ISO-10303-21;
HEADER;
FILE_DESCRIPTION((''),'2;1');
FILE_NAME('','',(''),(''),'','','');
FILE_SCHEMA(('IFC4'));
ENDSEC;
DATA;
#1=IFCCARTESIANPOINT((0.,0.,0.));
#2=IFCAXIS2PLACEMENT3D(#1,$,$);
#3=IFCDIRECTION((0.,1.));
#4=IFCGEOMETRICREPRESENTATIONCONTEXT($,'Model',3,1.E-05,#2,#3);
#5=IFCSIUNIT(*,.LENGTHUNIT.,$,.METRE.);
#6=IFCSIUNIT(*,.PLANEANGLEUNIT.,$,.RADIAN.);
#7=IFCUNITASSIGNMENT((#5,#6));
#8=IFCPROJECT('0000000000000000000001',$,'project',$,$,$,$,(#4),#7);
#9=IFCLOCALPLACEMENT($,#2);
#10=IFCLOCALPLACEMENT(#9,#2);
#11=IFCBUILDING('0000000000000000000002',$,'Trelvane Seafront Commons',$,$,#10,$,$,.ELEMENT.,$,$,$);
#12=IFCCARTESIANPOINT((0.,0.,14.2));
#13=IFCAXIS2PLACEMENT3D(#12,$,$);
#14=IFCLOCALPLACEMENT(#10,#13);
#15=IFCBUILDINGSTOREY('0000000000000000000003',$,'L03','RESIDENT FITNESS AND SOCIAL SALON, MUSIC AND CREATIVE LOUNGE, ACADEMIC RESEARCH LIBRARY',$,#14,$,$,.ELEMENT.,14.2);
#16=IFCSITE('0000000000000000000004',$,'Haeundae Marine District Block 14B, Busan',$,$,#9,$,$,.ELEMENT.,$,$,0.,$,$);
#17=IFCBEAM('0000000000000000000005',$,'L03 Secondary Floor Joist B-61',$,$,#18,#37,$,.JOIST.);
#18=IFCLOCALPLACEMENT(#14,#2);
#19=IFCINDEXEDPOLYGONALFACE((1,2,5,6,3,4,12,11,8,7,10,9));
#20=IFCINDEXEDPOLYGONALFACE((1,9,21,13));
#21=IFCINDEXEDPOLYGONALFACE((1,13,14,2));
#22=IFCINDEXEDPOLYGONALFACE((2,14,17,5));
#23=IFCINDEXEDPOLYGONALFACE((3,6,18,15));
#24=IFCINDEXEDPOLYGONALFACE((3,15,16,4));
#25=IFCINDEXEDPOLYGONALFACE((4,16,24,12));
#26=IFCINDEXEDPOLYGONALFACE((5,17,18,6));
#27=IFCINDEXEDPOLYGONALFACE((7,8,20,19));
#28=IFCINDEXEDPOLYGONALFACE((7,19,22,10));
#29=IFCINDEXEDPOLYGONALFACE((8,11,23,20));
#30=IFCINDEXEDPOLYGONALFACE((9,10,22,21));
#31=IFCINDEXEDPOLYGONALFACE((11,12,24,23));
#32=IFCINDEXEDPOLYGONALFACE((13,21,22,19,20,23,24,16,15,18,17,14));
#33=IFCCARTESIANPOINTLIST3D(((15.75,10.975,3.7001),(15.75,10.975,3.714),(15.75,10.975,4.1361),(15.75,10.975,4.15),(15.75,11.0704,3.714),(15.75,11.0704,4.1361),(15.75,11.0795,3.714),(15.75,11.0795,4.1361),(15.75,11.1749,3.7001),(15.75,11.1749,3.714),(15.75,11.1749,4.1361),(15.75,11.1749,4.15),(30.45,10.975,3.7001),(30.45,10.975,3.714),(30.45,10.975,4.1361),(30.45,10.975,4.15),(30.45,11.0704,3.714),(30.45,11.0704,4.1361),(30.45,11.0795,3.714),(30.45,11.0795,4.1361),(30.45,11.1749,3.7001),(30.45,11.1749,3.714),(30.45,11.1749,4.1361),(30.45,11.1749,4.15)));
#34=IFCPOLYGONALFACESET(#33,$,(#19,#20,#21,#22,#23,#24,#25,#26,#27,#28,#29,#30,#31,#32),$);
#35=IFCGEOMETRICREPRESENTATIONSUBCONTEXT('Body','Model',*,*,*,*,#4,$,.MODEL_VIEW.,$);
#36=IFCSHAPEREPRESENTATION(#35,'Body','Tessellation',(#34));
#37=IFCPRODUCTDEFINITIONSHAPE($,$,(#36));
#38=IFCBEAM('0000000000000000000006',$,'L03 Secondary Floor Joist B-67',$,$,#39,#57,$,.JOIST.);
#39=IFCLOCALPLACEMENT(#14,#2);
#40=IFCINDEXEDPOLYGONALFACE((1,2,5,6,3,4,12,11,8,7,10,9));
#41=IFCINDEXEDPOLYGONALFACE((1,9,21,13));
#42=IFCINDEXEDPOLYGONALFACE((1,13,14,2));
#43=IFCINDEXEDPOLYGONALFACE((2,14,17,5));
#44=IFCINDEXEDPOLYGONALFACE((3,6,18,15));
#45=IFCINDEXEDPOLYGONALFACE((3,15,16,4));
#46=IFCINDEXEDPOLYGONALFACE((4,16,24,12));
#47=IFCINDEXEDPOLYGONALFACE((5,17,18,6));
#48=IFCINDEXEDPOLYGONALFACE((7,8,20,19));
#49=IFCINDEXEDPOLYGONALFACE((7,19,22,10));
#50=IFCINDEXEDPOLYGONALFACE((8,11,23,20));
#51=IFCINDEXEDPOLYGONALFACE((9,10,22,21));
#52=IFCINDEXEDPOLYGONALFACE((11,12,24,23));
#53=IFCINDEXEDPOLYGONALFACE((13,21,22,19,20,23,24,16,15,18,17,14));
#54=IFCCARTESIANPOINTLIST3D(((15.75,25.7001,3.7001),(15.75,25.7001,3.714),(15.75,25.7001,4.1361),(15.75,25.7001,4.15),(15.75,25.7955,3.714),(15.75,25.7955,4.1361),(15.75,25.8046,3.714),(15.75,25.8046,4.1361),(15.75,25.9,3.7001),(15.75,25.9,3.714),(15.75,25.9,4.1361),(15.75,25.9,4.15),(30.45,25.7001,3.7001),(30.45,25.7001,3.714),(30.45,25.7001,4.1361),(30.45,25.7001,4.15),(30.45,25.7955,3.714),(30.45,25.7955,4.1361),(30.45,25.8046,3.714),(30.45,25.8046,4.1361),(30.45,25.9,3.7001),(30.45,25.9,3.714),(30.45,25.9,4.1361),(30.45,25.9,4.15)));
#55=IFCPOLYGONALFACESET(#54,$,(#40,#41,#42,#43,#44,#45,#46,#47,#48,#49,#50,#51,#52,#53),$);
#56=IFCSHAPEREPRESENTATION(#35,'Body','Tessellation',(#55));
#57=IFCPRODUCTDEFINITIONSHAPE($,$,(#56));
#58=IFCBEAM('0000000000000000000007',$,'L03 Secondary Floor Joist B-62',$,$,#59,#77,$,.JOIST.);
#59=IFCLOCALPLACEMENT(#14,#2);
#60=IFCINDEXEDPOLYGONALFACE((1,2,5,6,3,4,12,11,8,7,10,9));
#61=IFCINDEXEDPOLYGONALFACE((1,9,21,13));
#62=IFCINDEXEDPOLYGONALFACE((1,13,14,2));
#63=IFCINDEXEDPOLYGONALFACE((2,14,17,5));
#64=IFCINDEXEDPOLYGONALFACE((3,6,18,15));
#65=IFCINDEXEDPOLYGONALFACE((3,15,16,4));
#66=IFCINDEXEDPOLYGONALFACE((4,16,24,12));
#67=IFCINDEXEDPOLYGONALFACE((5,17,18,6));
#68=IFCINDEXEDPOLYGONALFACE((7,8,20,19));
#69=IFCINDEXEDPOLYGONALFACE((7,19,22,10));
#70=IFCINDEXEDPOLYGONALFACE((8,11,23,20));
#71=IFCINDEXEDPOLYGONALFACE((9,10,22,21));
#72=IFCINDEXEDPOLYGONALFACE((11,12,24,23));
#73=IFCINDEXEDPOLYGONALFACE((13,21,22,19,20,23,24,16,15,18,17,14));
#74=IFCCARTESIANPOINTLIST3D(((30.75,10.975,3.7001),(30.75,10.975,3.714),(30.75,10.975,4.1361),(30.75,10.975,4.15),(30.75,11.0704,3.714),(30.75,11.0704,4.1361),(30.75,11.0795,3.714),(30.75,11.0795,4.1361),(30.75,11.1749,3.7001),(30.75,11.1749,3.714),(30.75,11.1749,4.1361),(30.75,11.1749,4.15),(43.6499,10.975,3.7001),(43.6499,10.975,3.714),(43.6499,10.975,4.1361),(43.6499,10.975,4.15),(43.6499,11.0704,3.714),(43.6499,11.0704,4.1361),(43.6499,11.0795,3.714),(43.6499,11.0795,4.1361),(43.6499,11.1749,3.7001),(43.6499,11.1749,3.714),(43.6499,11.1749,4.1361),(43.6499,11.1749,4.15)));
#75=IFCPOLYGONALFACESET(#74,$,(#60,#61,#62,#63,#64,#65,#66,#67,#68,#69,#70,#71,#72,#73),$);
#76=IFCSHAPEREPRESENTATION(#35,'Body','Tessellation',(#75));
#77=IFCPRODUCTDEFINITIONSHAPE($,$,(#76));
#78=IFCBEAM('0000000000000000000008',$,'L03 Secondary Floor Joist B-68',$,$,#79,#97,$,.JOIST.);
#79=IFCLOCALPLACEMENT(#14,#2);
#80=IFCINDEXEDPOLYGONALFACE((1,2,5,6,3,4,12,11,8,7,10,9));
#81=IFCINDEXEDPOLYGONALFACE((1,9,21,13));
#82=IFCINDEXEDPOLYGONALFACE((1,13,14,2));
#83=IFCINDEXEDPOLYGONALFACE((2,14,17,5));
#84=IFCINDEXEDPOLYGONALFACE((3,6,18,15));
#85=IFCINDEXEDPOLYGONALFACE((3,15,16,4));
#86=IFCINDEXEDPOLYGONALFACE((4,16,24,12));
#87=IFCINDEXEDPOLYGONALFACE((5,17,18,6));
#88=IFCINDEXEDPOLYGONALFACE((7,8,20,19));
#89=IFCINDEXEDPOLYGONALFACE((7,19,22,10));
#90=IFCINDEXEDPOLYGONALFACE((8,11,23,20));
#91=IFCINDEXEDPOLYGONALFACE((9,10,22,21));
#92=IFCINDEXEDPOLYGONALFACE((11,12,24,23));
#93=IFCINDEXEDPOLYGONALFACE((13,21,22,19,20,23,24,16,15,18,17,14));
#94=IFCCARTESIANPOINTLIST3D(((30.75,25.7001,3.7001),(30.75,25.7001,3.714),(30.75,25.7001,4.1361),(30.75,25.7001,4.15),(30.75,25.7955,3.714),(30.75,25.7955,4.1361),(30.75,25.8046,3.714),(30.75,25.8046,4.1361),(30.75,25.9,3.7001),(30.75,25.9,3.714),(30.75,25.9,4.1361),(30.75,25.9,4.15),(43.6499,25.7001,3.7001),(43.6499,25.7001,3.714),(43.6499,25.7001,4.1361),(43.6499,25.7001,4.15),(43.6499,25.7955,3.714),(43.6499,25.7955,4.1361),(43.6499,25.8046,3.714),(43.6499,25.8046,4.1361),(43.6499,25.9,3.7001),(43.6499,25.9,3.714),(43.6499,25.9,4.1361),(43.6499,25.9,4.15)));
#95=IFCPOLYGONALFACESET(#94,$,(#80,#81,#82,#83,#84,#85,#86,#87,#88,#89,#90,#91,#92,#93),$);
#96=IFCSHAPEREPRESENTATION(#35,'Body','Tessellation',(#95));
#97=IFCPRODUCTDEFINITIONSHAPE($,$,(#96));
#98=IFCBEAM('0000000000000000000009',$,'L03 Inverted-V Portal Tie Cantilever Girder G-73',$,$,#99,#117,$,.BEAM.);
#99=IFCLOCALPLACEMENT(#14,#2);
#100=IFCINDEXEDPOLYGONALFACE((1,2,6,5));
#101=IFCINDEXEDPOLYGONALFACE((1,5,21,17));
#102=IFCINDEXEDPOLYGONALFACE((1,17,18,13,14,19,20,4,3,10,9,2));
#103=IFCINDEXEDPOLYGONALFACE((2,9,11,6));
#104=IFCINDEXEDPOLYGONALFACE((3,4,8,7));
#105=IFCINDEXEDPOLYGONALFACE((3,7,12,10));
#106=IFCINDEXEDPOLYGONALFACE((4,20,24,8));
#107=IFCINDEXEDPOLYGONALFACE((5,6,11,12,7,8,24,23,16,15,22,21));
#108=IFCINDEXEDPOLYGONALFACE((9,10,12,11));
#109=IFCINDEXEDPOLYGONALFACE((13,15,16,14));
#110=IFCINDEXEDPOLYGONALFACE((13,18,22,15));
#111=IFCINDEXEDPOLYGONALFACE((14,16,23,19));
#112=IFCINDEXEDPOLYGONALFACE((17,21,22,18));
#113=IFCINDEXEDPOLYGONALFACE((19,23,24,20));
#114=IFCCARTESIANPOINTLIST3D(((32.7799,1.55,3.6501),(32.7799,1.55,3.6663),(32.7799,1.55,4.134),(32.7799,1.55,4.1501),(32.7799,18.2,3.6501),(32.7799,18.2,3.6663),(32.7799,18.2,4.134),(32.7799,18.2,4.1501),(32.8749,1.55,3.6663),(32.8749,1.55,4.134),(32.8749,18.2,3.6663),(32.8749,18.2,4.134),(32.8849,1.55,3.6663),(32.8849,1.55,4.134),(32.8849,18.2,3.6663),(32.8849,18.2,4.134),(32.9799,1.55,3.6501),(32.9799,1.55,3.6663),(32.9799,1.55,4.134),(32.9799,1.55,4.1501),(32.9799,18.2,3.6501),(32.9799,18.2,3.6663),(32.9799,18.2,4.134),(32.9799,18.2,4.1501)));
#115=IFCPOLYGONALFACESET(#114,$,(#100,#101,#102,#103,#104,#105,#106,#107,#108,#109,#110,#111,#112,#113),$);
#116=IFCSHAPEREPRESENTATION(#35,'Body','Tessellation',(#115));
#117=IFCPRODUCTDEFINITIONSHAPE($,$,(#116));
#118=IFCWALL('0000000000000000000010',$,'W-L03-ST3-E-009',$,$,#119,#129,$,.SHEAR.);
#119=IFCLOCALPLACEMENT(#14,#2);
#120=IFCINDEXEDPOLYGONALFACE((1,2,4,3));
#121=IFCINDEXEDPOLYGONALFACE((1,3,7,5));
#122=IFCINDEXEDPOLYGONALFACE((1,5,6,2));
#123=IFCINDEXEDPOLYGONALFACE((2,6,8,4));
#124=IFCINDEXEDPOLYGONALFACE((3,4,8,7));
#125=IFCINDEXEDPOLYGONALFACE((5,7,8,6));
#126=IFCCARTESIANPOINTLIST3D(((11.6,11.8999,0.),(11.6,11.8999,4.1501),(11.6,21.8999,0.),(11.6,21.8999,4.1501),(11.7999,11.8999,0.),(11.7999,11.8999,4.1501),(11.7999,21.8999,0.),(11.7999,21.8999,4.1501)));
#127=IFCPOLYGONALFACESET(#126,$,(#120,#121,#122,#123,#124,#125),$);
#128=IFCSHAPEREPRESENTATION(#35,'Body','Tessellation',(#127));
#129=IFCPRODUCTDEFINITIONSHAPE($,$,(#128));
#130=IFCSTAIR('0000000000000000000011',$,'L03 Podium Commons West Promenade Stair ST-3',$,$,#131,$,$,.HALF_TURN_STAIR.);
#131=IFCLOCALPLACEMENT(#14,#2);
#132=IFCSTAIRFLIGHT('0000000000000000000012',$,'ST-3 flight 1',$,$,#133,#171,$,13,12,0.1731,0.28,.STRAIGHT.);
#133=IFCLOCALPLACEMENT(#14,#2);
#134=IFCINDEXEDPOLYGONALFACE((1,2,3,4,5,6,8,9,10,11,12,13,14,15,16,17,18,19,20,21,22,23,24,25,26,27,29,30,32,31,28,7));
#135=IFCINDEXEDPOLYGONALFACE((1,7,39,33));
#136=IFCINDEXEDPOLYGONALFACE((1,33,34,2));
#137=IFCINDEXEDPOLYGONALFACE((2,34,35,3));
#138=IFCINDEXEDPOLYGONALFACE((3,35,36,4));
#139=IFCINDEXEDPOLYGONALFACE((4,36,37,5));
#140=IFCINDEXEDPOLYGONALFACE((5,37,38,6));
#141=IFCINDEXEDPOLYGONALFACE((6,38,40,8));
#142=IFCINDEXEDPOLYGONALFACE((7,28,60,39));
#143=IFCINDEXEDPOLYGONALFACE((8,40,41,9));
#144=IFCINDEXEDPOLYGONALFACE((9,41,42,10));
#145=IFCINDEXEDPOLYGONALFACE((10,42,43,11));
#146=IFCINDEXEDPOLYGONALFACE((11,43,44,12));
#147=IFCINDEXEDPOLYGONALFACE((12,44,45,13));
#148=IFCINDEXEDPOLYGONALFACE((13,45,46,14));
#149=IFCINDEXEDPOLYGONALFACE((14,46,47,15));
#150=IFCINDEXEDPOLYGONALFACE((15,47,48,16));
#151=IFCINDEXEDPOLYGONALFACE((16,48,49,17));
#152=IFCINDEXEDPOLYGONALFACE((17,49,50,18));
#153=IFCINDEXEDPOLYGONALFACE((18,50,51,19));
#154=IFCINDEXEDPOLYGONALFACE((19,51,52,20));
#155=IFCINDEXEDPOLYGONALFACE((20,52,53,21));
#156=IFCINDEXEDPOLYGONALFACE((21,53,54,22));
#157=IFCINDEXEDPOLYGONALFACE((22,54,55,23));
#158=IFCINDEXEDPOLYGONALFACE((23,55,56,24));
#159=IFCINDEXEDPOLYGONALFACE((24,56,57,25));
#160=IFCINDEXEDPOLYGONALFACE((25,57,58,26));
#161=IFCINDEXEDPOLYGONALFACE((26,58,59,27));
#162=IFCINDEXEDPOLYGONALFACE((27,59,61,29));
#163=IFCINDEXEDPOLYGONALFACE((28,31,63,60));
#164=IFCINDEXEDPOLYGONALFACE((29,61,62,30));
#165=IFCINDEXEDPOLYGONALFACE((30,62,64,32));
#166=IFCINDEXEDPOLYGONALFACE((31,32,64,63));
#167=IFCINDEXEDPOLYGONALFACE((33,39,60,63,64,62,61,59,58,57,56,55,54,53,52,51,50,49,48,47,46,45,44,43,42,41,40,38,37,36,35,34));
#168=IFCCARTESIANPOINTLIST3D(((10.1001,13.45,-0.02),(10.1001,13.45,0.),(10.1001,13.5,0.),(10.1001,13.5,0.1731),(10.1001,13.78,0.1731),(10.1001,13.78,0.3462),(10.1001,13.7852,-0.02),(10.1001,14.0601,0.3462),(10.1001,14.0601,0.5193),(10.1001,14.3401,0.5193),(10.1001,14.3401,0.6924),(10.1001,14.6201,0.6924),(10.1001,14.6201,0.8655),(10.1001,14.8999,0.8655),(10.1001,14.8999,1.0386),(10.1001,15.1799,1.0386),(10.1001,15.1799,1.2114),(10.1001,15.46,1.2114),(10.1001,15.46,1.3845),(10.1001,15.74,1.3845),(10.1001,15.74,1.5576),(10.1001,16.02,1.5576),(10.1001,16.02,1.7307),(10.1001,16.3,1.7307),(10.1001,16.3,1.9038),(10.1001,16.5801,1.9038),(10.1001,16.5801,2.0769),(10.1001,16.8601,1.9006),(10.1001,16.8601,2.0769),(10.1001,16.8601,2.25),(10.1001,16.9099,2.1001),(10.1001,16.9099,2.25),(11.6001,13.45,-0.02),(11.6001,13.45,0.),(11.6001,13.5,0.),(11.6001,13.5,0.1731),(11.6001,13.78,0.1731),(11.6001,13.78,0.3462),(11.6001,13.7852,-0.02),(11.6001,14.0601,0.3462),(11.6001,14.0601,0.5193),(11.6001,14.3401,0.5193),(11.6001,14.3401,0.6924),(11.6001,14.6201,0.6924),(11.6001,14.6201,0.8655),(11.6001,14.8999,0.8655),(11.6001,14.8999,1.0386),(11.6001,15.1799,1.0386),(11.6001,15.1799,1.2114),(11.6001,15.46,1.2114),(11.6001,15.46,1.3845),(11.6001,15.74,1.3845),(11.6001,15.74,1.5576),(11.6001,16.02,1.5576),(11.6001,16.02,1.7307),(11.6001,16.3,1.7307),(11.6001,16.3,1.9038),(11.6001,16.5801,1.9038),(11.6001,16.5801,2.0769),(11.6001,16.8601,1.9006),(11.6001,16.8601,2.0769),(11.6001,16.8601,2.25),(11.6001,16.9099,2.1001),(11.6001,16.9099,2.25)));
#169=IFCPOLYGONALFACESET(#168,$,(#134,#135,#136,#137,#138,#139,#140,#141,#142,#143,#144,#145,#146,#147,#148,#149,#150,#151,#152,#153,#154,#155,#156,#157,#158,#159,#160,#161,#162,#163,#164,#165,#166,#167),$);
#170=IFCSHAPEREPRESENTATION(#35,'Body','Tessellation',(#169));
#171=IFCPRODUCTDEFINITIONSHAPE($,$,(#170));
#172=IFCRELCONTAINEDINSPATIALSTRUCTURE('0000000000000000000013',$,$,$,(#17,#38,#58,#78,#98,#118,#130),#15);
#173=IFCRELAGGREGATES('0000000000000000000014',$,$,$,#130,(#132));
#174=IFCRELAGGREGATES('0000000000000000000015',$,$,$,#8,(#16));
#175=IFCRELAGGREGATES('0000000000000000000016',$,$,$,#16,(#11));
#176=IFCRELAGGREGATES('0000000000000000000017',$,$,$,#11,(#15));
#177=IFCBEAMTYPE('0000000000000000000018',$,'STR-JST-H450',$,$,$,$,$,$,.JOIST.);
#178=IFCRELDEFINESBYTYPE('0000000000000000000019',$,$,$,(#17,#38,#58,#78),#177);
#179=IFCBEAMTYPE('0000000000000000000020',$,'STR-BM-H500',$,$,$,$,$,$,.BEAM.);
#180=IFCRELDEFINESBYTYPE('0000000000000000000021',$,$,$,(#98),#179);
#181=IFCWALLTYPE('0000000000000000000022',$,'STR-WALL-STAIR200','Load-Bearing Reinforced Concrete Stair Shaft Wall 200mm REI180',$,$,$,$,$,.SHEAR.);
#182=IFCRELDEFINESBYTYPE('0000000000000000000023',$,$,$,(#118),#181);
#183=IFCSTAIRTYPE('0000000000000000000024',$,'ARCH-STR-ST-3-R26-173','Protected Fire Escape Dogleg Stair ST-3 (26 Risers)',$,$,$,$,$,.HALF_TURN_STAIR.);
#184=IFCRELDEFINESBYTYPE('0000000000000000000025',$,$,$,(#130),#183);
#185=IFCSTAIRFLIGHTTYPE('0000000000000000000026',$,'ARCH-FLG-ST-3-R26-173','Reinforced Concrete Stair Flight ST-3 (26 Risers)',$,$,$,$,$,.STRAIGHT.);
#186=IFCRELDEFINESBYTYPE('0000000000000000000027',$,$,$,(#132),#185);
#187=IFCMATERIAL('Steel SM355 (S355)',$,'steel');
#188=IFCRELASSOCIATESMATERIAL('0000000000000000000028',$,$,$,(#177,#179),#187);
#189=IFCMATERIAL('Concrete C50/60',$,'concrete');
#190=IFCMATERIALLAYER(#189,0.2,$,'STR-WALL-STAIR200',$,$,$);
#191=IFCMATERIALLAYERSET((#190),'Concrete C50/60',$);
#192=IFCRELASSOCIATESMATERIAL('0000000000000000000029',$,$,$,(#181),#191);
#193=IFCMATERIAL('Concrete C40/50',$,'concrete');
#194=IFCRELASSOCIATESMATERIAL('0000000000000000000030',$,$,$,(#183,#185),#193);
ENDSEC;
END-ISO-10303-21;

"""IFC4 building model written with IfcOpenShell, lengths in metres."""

from ifc_helpers import new_model, si_unit, direction, frame, frame_2d, origin, origin_2d, place, context, subcontext, project, spatial, polyline, rectangle, i_section, outline, extrude, source, transform, mapped, material, layer, layer_set, material_profile, profile_set, type_object, element, aggregate, save


model = new_model("IFC4")

# Units and contexts
model_context = context("Model", 3, precision=1e-05, world=origin(), true_north=direction((0.0, 1.0)))
body_context = subcontext(model_context, "Body", "Model", "MODEL_VIEW")
ifc_project = project(units=[si_unit("LENGTHUNIT", "METRE"), si_unit("PLANEANGLEUNIT", "RADIAN")], contexts=[model_context])

# Site, building, storey
site_placement = place(None, origin())
site = spatial("IfcSite", under=ifc_project, at=site_placement, Name="Haeundae Marine District Block 14B, Busan", CompositionType="ELEMENT", RefElevation=0.0)
building_placement = place(site_placement, origin())
building = spatial("IfcBuilding", under=site, at=building_placement, Name="Trelvane Seafront Commons", CompositionType="ELEMENT")
storey_placement = place(building_placement, frame((0.0, 0.0, 14.2)))
storey = spatial("IfcBuildingStorey", under=building, at=storey_placement, Name="L03", Description="RESIDENT FITNESS AND SOCIAL SALON, MUSIC AND CREATIVE LOUNGE, ACADEMIC RESEARCH LIBRARY", CompositionType="ELEMENT", Elevation=14.2)

# Beams
ifc_material_1 = material(Name="Concrete C50/60", Category="concrete")
ifc_material_2 = material(Name="Steel SM355 (S355)", Category="steel")
ifc_material_profile_1 = material_profile(ifc_material_2, i_section(OverallWidth=0.2, OverallDepth=0.45, WebThickness=0.009, FlangeThickness=0.0139, at=origin_2d()), Name="H-450x200x9x14")
ifc_profile_set_1 = profile_set([ifc_material_profile_1], Name="Steel SM355 (S355)")
beam_type_1 = type_object("IfcBeamType", Name="STR-JST-H450", PredefinedType="JOIST", material=ifc_profile_set_1)
shared_shape_1 = source(origin(), body_context, "Body", "SweptSolid", [
    extrude(i_section(OverallWidth=0.2, OverallDepth=0.45, WebThickness=0.009, FlangeThickness=0.0139, at=origin_2d()), origin(), (0.0, 0.0, 1.0), 14.7),
])
for number, where, z_axis, x_axis, name in (
    (1, (15.75, 11.075, 3.925), (1.0, 0.0, 0.0), (0.0, 1.0, 0.0), "L03 Secondary Floor Joist B-61"),
    (2, (15.75, 25.8, 3.925), (1.0, 0.0, 0.0), (0.0, 1.0, 0.0), "L03 Secondary Floor Joist B-67"),
):
    element("IfcBeam", number, at=place(storey_placement, frame(where, z_axis=z_axis, x_axis=x_axis)), inside=storey, type_object=beam_type_1, Name=name, PredefinedType="JOIST", context=body_context, shape_type="MappedRepresentation", body=[
        mapped(shared_shape_1, transform((0.0, 0.0, 0.0), x_axis=(1.0, 0.0, 0.0), y_axis=(0.0, 1.0, 0.0), z_axis=(0.0, 0.0, 1.0), scale=1.0)),
    ])
shared_shape_2 = source(origin(), body_context, "Body", "SweptSolid", [
    extrude(i_section(OverallWidth=0.2, OverallDepth=0.45, WebThickness=0.009, FlangeThickness=0.0139, at=origin_2d()), origin(), (0.0, 0.0, 1.0), 12.8999),
])
for number, where, z_axis, x_axis, name in (
    (3, (30.75, 11.075, 3.925), (1.0, 0.0, 0.0), (0.0, 1.0, 0.0), "L03 Secondary Floor Joist B-62"),
    (4, (30.75, 25.8, 3.925), (1.0, 0.0, 0.0), (0.0, 1.0, 0.0), "L03 Secondary Floor Joist B-68"),
):
    element("IfcBeam", number, at=place(storey_placement, frame(where, z_axis=z_axis, x_axis=x_axis)), inside=storey, type_object=beam_type_1, Name=name, PredefinedType="JOIST", context=body_context, shape_type="MappedRepresentation", body=[
        mapped(shared_shape_2, transform((0.0, 0.0, 0.0), x_axis=(1.0, 0.0, 0.0), y_axis=(0.0, 1.0, 0.0), z_axis=(0.0, 0.0, 1.0), scale=1.0)),
    ])
ifc_material_profile_2 = material_profile(ifc_material_2, i_section(OverallWidth=0.2, OverallDepth=0.5, WebThickness=0.01, FlangeThickness=0.0161, at=origin_2d()), Name="H-500x200x10x16")
ifc_profile_set_2 = profile_set([ifc_material_profile_2], Name="Steel SM355 (S355)")
beam_type_2 = type_object("IfcBeamType", Name="STR-BM-H500", PredefinedType="BEAM", material=ifc_profile_set_2)
shared_shape_3 = source(origin(), body_context, "Body", "SweptSolid", [
    extrude(i_section(OverallWidth=0.2, OverallDepth=0.5, WebThickness=0.01, FlangeThickness=0.0161, at=origin_2d()), origin(), (0.0, 0.0, 1.0), 16.6499),
])
beam_placement = place(storey_placement, frame((32.8799, 18.2, 3.9001), z_axis=(0.0, -1.0, 0.0), x_axis=(1.0, 0.0, 0.0)))
element("IfcBeam", 5, at=beam_placement, inside=storey, type_object=beam_type_2, Name="L03 Inverted-V Portal Tie Cantilever Girder G-73", PredefinedType="BEAM", context=body_context, shape_type="MappedRepresentation", body=[
    mapped(shared_shape_3, transform((0.0, 0.0, 0.0), x_axis=(1.0, 0.0, 0.0), y_axis=(0.0, 1.0, 0.0), z_axis=(0.0, 0.0, 1.0), scale=1.0)),
])

# Wall
ifc_layer = layer(ifc_material_1, 0.2, Name="STR-WALL-STAIR200")
ifc_layer_set = layer_set([ifc_layer], Name="Concrete C50/60")
wall_type = type_object("IfcWallType", Name="STR-WALL-STAIR200", Description="Load-Bearing Reinforced Concrete Stair Shaft Wall 200mm REI180", PredefinedType="SHEAR", material=ifc_layer_set)
wall_placement = place(storey_placement, frame((11.7, 11.8999, 0.0), z_axis=(0.0, 0.0, 1.0), x_axis=(0.0, 1.0, 0.0)))
element("IfcWall", 6, at=wall_placement, inside=storey, type_object=wall_type, Name="W-L03-ST3-E-009", PredefinedType="SHEAR", context=body_context, shape_type="SweptSolid", body=[
    extrude(rectangle(XDim=10.0, YDim=0.2, at=frame_2d((5.0, 0.0))), origin(), (0.0, 0.0, 1.0), 4.1501),
])

# Stair, stair flight
ifc_material_3 = material(Name="Concrete C40/50", Category="concrete")
stair_type = type_object("IfcStairType", Name="ARCH-STR-ST-3-R26-173", Description="Protected Fire Escape Dogleg Stair ST-3 (26 Risers)", PredefinedType="HALF_TURN_STAIR", material=ifc_material_3)
stair_placement = place(storey_placement, origin())
stair = element("IfcStair", 7, at=stair_placement, inside=storey, type_object=stair_type, Name="L03 Podium Commons West Promenade Stair ST-3", PredefinedType="HALF_TURN_STAIR")
stair_flight_type = type_object("IfcStairFlightType", Name="ARCH-FLG-ST-3-R26-173", Description="Reinforced Concrete Stair Flight ST-3 (26 Risers)", PredefinedType="STRAIGHT", material=ifc_material_3)
shared_shape_4 = source(origin(), body_context, "Body", "SweptSolid", [
    extrude(outline(polyline([(-0.05, -0.02), (-0.05, 0.0), (0.0, 0.0), (0.0, 0.1731), (0.28, 0.1731), (0.28, 0.3462), (0.5601, 0.3462), (0.5601, 0.5193), (0.8401, 0.5193), (0.8401, 0.6924), (1.1201, 0.6924), (1.1201, 0.8655), (1.3999, 0.8655), (1.3999, 1.0386), (1.6799, 1.0386), (1.6799, 1.2114), (1.96, 1.2114), (1.96, 1.3845), (2.24, 1.3845), (2.24, 1.5576), (2.52, 1.5576), (2.52, 1.7307), (2.8, 1.7307), (2.8, 1.9038), (3.0801, 1.9038), (3.0801, 2.0769), (3.3601, 2.0769), (3.3601, 2.25), (3.4099, 2.25), (3.4099, 2.1001), (3.3601, 1.9006), (0.2852, -0.02), (-0.05, -0.02)])), frame((0.0, 0.75, 0.0), z_axis=(0.0, -1.0, 0.0), x_axis=(1.0, 0.0, 0.0)), (0.0, 0.0, 1.0), 1.5),
])
stair_flight_placement = place(storey_placement, frame((10.8501, 13.5, 0.0), z_axis=(0.0, 0.0, 1.0), x_axis=(0.0, 1.0, 0.0)))
stair_flight = element("IfcStairFlight", 8, at=stair_flight_placement, type_object=stair_flight_type, Name="ST-3 flight 1", NumberOfRisers=13, NumberOfTreads=12, PredefinedType="STRAIGHT", RiserHeight=0.1731, TreadLength=0.28, context=body_context, shape_type="MappedRepresentation", body=[
    mapped(shared_shape_4, transform((0.0, 0.0, 0.0), x_axis=(1.0, 0.0, 0.0), y_axis=(0.0, 1.0, 0.0), z_axis=(0.0, 0.0, 1.0), scale=1.0)),
])
aggregate(stair, [stair_flight])

save(model, "model.ifc")
